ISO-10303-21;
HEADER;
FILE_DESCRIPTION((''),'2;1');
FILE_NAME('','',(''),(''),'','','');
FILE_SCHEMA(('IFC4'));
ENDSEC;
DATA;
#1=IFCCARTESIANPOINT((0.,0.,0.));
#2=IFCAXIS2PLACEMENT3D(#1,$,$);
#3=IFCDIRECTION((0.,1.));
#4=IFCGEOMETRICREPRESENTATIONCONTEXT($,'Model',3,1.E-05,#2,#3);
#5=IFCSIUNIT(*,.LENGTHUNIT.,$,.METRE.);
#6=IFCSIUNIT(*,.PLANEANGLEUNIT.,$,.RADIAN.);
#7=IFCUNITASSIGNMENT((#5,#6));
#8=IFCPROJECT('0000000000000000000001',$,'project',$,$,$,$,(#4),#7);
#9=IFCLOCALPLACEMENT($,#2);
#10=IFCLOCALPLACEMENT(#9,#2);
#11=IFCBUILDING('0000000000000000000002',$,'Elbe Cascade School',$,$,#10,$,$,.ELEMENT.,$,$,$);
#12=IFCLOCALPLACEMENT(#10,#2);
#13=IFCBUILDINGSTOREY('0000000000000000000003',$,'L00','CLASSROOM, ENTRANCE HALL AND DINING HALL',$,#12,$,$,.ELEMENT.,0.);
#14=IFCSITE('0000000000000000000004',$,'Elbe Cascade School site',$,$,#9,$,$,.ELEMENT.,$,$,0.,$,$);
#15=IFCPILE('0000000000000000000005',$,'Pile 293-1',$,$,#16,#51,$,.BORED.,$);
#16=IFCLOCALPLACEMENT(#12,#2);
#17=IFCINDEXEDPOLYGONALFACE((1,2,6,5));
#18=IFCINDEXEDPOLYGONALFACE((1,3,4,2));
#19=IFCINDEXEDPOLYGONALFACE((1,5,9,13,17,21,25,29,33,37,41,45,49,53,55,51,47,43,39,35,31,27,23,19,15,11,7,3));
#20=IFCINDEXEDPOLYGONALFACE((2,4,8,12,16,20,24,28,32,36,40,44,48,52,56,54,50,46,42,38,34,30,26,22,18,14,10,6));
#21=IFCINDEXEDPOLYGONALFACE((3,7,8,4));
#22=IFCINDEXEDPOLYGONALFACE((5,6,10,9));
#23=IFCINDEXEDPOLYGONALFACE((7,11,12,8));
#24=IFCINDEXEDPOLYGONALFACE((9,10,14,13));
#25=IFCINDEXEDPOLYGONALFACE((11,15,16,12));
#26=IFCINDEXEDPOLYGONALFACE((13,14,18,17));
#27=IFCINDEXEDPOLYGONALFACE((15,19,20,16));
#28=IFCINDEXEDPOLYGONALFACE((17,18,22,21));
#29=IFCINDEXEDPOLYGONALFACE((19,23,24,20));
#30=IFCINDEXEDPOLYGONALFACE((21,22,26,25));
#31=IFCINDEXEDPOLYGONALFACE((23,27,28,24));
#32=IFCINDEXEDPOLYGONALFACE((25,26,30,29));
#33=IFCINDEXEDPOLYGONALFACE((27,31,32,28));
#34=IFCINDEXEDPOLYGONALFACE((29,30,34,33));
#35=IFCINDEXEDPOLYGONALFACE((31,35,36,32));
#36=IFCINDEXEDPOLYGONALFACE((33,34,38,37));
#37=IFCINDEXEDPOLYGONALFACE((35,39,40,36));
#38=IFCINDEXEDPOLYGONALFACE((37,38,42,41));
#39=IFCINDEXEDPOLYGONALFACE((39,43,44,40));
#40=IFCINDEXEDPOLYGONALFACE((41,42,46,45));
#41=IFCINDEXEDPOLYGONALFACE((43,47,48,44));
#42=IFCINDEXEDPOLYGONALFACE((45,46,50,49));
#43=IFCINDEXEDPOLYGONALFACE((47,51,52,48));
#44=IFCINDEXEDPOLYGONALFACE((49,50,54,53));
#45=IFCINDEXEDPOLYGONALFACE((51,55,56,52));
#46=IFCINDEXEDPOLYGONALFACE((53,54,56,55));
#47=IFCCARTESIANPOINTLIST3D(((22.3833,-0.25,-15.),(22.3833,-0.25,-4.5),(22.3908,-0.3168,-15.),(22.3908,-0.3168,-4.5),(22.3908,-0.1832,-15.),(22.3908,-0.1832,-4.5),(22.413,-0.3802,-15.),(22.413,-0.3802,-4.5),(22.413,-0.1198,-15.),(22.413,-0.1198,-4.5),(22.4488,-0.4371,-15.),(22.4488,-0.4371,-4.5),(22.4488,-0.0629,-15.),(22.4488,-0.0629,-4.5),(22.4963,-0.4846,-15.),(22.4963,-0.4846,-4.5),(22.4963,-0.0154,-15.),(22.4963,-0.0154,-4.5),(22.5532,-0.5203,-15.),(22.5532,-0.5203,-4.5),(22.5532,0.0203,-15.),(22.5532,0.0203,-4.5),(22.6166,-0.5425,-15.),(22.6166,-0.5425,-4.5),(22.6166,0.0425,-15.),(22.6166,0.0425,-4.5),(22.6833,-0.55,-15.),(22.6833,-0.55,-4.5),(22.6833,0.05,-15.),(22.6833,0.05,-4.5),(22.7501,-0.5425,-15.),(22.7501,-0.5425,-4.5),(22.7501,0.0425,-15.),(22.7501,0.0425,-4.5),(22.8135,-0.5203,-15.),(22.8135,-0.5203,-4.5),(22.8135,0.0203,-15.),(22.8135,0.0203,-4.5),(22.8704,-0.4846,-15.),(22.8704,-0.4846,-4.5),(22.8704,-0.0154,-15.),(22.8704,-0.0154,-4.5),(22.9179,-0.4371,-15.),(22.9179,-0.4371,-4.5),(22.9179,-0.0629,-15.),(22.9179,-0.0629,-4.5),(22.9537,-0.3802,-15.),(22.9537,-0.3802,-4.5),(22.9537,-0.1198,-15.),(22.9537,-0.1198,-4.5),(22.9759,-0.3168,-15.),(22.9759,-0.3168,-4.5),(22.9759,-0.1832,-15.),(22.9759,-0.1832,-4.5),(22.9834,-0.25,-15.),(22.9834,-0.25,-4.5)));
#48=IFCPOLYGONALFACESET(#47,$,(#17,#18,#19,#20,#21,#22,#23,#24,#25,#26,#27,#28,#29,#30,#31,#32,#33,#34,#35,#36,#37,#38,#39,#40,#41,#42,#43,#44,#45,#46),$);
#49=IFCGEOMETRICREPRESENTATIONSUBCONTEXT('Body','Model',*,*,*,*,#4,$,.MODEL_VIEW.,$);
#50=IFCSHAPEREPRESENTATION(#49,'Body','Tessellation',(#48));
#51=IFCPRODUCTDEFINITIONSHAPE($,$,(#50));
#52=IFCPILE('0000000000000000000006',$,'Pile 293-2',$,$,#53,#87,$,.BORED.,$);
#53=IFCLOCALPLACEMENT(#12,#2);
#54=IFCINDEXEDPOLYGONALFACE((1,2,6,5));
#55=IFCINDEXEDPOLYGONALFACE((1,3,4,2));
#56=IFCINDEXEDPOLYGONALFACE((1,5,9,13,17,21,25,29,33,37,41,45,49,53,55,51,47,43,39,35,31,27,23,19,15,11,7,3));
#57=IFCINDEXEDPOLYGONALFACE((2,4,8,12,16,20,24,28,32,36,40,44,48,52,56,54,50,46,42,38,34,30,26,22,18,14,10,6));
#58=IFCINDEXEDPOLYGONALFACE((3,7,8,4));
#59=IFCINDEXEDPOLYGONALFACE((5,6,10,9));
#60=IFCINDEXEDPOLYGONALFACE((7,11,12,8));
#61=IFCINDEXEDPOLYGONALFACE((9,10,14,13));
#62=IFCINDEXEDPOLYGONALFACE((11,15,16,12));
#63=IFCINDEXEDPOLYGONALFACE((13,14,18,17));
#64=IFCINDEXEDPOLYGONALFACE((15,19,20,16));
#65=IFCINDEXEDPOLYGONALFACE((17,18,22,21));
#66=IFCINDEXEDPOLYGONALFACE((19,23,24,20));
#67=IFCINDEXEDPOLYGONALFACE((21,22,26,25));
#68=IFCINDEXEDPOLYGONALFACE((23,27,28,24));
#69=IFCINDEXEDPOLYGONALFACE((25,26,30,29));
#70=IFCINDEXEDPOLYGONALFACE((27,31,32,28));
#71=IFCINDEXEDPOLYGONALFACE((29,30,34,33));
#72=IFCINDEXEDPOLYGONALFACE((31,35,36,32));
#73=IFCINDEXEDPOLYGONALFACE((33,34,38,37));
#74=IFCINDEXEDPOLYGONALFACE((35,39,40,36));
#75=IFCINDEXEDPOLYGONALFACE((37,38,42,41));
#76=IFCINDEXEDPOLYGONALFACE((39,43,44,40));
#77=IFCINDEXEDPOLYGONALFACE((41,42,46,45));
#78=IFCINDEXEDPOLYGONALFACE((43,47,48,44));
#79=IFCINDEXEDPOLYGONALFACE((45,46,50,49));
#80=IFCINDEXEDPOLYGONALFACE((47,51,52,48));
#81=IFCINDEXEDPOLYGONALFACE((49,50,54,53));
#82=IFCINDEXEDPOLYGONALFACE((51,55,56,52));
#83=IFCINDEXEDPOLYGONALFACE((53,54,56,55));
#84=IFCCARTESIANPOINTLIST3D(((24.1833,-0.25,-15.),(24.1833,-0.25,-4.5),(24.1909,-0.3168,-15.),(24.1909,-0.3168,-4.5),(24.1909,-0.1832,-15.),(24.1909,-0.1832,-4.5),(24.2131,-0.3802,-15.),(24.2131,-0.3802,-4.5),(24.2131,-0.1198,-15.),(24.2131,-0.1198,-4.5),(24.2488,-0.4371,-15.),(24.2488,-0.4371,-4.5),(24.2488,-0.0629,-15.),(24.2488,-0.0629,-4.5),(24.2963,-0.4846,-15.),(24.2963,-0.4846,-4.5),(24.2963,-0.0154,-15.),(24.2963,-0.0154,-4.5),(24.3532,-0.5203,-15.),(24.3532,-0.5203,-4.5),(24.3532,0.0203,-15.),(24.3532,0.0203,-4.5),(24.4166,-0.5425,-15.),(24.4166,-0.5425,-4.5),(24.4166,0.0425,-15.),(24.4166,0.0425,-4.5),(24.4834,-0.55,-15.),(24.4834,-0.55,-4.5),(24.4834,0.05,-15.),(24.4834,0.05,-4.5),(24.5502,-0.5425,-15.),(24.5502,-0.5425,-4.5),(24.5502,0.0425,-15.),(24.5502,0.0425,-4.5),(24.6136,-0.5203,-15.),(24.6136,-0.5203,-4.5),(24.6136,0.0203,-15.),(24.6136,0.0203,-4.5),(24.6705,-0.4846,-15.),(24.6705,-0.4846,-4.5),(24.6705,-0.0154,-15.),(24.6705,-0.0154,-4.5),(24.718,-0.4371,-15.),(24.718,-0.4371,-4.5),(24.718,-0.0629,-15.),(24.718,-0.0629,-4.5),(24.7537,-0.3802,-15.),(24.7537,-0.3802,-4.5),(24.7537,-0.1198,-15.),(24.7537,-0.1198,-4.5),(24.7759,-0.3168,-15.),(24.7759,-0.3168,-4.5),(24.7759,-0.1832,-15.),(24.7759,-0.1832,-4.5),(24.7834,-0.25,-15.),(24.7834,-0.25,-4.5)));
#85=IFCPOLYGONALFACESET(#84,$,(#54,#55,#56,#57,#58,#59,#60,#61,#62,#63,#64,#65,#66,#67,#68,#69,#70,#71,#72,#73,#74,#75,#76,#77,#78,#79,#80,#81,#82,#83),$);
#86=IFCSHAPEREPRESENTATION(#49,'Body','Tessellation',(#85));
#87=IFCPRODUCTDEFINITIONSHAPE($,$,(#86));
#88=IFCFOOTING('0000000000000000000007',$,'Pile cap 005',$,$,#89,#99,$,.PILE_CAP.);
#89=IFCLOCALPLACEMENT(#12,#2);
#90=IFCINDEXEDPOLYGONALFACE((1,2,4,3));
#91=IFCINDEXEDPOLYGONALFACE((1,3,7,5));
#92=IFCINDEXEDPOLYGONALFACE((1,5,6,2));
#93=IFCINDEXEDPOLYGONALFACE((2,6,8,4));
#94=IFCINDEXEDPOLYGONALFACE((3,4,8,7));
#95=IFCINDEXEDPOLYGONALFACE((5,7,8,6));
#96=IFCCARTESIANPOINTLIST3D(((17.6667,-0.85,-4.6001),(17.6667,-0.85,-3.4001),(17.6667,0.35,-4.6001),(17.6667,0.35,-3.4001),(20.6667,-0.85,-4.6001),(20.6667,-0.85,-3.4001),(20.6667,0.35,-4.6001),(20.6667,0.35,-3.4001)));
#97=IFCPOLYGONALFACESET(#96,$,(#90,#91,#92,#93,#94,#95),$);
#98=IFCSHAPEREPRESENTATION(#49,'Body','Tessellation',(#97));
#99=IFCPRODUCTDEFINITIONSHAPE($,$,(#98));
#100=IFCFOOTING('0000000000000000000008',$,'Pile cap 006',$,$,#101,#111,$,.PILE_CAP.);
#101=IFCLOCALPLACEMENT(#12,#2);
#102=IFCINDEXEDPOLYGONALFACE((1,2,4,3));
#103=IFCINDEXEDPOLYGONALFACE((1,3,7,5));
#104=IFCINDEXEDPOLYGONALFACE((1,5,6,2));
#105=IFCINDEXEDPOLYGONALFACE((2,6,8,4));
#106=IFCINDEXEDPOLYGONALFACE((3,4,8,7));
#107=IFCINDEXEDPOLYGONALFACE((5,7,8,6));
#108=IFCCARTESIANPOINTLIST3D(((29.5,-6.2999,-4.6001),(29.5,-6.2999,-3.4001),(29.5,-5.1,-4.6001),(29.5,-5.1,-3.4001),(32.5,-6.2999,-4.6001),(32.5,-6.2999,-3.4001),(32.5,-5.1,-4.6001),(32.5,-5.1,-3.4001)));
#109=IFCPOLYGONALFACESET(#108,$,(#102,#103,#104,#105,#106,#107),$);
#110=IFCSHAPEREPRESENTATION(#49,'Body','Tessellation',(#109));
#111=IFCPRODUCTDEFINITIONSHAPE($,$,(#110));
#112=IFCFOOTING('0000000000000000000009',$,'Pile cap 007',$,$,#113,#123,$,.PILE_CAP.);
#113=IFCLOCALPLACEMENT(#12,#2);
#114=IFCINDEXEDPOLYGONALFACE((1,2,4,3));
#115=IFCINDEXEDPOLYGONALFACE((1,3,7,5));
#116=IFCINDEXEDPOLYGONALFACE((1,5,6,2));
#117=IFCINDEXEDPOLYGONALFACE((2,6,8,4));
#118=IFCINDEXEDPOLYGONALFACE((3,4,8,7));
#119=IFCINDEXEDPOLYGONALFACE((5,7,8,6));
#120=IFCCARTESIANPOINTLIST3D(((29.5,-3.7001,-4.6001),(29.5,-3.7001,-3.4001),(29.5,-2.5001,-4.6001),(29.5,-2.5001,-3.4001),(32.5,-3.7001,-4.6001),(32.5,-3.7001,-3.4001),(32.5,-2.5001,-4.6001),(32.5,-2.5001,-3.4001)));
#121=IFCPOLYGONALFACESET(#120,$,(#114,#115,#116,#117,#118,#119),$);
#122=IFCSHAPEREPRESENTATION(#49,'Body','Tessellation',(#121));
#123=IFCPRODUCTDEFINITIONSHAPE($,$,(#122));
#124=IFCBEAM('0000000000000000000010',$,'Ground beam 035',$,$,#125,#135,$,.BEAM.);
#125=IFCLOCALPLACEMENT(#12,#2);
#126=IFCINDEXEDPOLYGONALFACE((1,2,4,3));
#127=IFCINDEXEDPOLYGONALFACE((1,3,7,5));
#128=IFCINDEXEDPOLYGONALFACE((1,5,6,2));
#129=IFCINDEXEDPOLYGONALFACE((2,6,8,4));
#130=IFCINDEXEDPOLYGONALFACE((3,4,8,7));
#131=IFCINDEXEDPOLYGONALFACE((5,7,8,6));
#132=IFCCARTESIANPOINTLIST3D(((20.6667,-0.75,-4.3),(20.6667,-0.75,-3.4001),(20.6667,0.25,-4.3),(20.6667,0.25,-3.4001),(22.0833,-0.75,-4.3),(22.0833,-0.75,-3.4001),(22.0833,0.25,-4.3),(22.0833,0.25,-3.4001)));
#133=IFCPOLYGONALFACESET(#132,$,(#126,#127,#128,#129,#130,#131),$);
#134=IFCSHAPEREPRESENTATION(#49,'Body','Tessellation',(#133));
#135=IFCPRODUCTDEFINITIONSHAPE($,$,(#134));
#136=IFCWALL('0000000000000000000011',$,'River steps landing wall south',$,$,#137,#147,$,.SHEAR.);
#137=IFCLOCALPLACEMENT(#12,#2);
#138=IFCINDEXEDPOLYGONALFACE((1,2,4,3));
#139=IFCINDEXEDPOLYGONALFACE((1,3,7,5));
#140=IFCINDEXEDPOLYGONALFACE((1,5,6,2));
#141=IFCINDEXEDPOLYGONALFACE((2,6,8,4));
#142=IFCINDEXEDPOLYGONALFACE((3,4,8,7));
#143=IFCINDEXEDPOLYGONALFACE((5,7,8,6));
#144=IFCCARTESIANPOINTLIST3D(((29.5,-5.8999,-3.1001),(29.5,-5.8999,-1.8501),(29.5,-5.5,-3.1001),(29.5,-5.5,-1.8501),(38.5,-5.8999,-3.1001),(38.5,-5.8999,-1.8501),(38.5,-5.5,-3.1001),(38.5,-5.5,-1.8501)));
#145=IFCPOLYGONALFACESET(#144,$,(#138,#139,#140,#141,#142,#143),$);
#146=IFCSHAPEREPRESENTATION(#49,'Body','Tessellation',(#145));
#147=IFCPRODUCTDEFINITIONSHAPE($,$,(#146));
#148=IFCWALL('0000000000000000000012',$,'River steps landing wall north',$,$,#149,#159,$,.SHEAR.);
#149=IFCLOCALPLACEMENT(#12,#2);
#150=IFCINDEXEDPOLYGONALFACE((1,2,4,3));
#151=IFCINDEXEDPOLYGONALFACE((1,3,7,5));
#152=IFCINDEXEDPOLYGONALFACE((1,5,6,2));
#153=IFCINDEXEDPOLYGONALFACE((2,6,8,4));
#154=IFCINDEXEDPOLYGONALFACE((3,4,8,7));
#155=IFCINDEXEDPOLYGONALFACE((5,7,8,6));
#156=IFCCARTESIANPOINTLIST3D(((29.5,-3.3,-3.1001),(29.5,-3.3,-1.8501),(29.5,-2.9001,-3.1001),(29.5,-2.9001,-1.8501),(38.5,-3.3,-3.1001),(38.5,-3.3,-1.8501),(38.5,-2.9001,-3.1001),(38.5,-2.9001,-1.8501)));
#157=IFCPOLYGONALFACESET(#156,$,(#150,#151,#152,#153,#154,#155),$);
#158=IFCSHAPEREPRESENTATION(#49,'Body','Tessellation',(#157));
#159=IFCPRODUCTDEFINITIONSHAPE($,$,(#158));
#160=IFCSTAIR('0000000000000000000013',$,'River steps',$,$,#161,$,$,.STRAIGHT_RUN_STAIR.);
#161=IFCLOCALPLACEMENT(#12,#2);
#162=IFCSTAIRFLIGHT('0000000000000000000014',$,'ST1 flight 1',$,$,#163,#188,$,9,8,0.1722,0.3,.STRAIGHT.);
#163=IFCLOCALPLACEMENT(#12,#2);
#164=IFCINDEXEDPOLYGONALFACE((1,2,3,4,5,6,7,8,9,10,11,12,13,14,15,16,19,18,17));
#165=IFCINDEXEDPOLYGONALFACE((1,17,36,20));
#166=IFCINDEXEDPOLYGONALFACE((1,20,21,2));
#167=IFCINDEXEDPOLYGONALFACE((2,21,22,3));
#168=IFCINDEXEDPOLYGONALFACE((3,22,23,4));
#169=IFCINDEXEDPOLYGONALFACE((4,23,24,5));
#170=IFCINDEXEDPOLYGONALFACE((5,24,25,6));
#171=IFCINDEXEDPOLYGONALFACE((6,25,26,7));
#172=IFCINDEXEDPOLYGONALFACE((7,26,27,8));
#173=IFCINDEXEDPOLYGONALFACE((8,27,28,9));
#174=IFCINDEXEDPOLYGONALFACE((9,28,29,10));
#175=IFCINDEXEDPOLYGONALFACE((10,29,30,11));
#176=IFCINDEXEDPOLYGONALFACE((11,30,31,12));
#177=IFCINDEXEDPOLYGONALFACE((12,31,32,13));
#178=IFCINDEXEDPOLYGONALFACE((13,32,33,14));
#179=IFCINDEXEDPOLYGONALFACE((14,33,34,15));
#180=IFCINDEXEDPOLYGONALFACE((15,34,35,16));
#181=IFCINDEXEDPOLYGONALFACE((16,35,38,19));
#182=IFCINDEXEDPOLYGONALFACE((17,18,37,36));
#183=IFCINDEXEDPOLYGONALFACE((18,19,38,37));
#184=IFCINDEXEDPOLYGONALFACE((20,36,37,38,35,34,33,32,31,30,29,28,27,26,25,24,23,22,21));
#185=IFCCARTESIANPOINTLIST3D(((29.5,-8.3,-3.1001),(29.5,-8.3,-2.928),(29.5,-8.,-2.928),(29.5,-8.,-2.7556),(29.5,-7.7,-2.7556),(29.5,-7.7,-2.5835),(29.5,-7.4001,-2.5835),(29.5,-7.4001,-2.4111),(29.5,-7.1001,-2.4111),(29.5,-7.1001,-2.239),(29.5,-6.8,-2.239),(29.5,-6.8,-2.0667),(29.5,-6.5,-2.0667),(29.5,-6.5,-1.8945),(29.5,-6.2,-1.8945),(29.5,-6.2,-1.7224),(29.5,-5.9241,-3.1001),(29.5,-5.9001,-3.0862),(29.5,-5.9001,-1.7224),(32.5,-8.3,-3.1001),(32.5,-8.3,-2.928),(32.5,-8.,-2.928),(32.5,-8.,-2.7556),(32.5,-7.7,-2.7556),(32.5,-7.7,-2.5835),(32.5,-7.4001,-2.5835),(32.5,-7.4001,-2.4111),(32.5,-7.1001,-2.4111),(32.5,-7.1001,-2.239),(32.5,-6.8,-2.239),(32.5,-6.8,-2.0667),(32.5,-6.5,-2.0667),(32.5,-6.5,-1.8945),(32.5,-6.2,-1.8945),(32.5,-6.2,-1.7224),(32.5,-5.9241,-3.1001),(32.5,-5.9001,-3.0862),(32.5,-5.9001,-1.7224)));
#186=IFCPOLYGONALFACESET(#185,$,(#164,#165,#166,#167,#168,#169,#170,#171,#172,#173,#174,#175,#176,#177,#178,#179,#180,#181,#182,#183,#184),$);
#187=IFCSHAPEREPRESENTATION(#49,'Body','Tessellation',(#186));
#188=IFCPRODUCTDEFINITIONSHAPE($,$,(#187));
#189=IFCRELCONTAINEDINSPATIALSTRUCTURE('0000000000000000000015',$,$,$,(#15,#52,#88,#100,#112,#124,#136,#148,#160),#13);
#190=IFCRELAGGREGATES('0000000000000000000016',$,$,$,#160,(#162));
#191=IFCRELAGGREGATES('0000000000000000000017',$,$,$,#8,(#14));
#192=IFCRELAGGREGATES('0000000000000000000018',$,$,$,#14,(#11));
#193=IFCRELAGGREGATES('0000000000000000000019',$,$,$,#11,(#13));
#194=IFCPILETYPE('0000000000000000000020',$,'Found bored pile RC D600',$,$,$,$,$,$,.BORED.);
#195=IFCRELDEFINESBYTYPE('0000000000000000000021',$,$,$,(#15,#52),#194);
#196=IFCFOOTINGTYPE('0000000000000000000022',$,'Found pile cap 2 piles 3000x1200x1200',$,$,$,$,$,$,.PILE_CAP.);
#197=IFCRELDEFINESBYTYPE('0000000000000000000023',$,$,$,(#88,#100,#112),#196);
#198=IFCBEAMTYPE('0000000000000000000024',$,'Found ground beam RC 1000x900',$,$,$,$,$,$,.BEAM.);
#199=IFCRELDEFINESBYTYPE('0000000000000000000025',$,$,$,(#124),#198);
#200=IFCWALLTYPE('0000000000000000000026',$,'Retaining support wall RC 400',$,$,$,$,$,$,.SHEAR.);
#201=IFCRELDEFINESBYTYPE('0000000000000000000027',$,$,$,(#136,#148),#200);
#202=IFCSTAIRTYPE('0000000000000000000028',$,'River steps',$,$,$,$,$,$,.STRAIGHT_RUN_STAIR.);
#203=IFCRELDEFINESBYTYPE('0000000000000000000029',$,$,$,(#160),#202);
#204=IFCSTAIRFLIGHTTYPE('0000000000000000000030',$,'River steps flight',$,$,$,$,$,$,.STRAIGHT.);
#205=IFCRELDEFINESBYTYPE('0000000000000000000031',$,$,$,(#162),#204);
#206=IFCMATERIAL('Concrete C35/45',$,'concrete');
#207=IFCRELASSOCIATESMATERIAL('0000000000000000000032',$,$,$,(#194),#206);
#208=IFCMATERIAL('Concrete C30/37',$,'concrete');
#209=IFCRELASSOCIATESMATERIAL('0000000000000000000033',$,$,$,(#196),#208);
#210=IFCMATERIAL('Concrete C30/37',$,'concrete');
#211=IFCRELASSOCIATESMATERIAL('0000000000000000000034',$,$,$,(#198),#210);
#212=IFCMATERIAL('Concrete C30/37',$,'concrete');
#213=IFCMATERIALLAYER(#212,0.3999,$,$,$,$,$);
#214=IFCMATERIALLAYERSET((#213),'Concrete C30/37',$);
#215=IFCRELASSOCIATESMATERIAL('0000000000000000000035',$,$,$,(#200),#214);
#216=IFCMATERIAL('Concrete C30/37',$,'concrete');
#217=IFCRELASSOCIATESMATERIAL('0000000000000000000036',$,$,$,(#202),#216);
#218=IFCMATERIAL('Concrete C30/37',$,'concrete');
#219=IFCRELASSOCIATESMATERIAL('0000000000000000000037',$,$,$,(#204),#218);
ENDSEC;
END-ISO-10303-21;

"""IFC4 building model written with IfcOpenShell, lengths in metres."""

from ifc_helpers import new_model, si_unit, direction, frame, frame_2d, origin, origin_2d, place, context, subcontext, project, spatial, polyline, rectangle, circle, outline, extrude, material, layer, layer_set, material_profile, profile_set, type_object, element, aggregate, save


model = new_model("IFC4")

# Units and contexts
model_context = context("Model", 3, precision=1e-05, world=origin(), true_north=direction((0.0, 1.0)))
body_context = subcontext(model_context, "Body", "Model", "MODEL_VIEW")
ifc_project = project(units=[si_unit("LENGTHUNIT", "METRE"), si_unit("PLANEANGLEUNIT", "RADIAN")], contexts=[model_context])

# Site, building, storey
site_placement = place(None, origin())
site = spatial("IfcSite", under=ifc_project, at=site_placement, Name="Elbe Cascade School site", CompositionType="ELEMENT", RefElevation=0.0)
building_placement = place(site_placement, origin())
building = spatial("IfcBuilding", under=site, at=building_placement, Name="Elbe Cascade School", CompositionType="ELEMENT")
storey_placement = place(building_placement, origin())
storey = spatial("IfcBuildingStorey", under=building, at=storey_placement, Name="L00", Description="CLASSROOM, ENTRANCE HALL AND DINING HALL", CompositionType="ELEMENT", Elevation=0.0)

# Piles
ifc_material_1 = material(Name="Concrete C35/45", Category="concrete")
ifc_material_profile_1 = material_profile(ifc_material_1, circle(Radius=0.3, at=origin_2d()), Name="RC D600")
ifc_profile_set_1 = profile_set([ifc_material_profile_1], Name="Concrete C35/45")
pile_type = type_object("IfcPileType", Name="Found bored pile RC D600", PredefinedType="BORED", material=ifc_profile_set_1)
for number, where, z_axis, x_axis, name in (
    (1, (22.6833, -0.25, -4.5), (0.0, 0.0, -1.0), (1.0, 0.0, 0.0), "Pile 293-1"),
    (2, (24.4834, -0.25, -4.5), (0.0, 0.0, -1.0), (1.0, 0.0, 0.0), "Pile 293-2"),
):
    element("IfcPile", number, at=place(storey_placement, frame(where, z_axis=z_axis, x_axis=x_axis)), inside=storey, type_object=pile_type, Name=name, PredefinedType="BORED", context=body_context, shape_type="SweptSolid", body=[
        extrude(circle(Radius=0.3, at=origin_2d()), origin(), (0.0, 0.0, 1.0), 10.5),
    ])

# Footings
ifc_material_2 = material(Name="Concrete C30/37", Category="concrete")
footing_type = type_object("IfcFootingType", Name="Found pile cap 2 piles 3000x1200x1200", PredefinedType="PILE_CAP", material=ifc_material_2)
for number, where, z_axis, x_axis, name in (
    (3, (19.1667, -0.25, -4.6001), (0.0, 0.0, 1.0), (1.0, 0.0, 0.0), "Pile cap 005"),
    (4, (31.0, -5.7, -4.6001), (0.0, 0.0, 1.0), (1.0, 0.0, 0.0), "Pile cap 006"),
    (5, (31.0, -3.1001, -4.6001), (0.0, 0.0, 1.0), (1.0, 0.0, 0.0), "Pile cap 007"),
):
    element("IfcFooting", number, at=place(storey_placement, frame(where, z_axis=z_axis, x_axis=x_axis)), inside=storey, type_object=footing_type, Name=name, PredefinedType="PILE_CAP", context=body_context, shape_type="SweptSolid", body=[
        extrude(rectangle(XDim=3.0, YDim=1.2, at=origin_2d()), origin(), (0.0, 0.0, 1.0), 1.2),
    ])

# Beam
ifc_material_3 = material(Name="Concrete C30/37", Category="concrete")
ifc_material_profile_2 = material_profile(ifc_material_3, rectangle(XDim=1.0, YDim=0.8999, at=origin_2d()), Name="RC 1000x900")
ifc_profile_set_2 = profile_set([ifc_material_profile_2], Name="Concrete C30/37")
beam_type = type_object("IfcBeamType", Name="Found ground beam RC 1000x900", PredefinedType="BEAM", material=ifc_profile_set_2)
beam_placement = place(storey_placement, frame((20.6667, -0.25, -3.8501), z_axis=(1.0, 0.0, 0.0), x_axis=(0.0, 1.0, 0.0)))
element("IfcBeam", 6, at=beam_placement, inside=storey, type_object=beam_type, Name="Ground beam 035", PredefinedType="BEAM", context=body_context, shape_type="SweptSolid", body=[
    extrude(rectangle(XDim=1.0, YDim=0.8999, at=origin_2d()), origin(), (0.0, 0.0, 1.0), 1.4165),
])

# Walls
ifc_material_4 = material(Name="Concrete C30/37", Category="concrete")
ifc_layer_1 = layer(ifc_material_4, 0.3999)
ifc_layer_set_1 = layer_set([ifc_layer_1], Name="Concrete C30/37")
wall_type = type_object("IfcWallType", Name="Retaining support wall RC 400", PredefinedType="SHEAR", material=ifc_layer_set_1)
for number, where, z_axis, x_axis, name in (
    (7, (29.5, -5.7, -3.1001), (0.0, 0.0, 1.0), (1.0, 0.0, 0.0), "River steps landing wall south"),
    (8, (29.5, -3.1001, -3.1001), (0.0, 0.0, 1.0), (1.0, 0.0, 0.0), "River steps landing wall north"),
):
    element("IfcWall", number, at=place(storey_placement, frame(where, z_axis=z_axis, x_axis=x_axis)), inside=storey, type_object=wall_type, Name=name, PredefinedType="SHEAR", context=body_context, shape_type="SweptSolid", body=[
        extrude(rectangle(XDim=9.0, YDim=0.3999, at=frame_2d((4.5, 0.0))), origin(), (0.0, 0.0, 1.0), 1.25),
    ])

# Stair, stair flight
ifc_material_5 = material(Name="Concrete C30/37", Category="concrete")
stair_type = type_object("IfcStairType", Name="River steps", PredefinedType="STRAIGHT_RUN_STAIR", material=ifc_material_5)
stair_placement = place(storey_placement, origin())
stair = element("IfcStair", 9, at=stair_placement, inside=storey, type_object=stair_type, Name="River steps", PredefinedType="STRAIGHT_RUN_STAIR")
ifc_material_6 = material(Name="Concrete C30/37", Category="concrete")
stair_flight_type = type_object("IfcStairFlightType", Name="River steps flight", PredefinedType="STRAIGHT", material=ifc_material_6)
stair_flight_1_placement = place(storey_placement, frame((31.0, -8.3, -3.1001), z_axis=(0.0, 0.0, 1.0), x_axis=(0.0, 1.0, 0.0)))
stair_flight_1 = element("IfcStairFlight", 10, at=stair_flight_1_placement, type_object=stair_flight_type, Name="ST1 flight 1", NumberOfRisers=9, NumberOfTreads=8, PredefinedType="STRAIGHT", RiserHeight=0.1722, TreadLength=0.3, context=body_context, shape_type="SweptSolid", body=[
    extrude(outline(polyline([(0.0, 0.0), (0.0, 0.1721), (0.3, 0.1721), (0.3, 0.3445), (0.6001, 0.3445), (0.6001, 0.5166), (0.8999, 0.5166), (0.8999, 0.689), (1.2, 0.689), (1.2, 0.8611), (1.5, 0.8611), (1.5, 1.0334), (1.8, 1.0334), (1.8, 1.2056), (2.1001, 1.2056), (2.1001, 1.3777), (2.3999, 1.3777), (2.3999, 1.55), (2.3999, 0.0139), (2.376, 0.0), (0.0, 0.0)])), frame((0.0, 1.5, 0.0), z_axis=(0.0, -1.0, 0.0), x_axis=(1.0, 0.0, 0.0)), (0.0, 0.0, 1.0), 3.0),
])
aggregate(stair, [stair_flight_1])

save(model, "model.ifc")
